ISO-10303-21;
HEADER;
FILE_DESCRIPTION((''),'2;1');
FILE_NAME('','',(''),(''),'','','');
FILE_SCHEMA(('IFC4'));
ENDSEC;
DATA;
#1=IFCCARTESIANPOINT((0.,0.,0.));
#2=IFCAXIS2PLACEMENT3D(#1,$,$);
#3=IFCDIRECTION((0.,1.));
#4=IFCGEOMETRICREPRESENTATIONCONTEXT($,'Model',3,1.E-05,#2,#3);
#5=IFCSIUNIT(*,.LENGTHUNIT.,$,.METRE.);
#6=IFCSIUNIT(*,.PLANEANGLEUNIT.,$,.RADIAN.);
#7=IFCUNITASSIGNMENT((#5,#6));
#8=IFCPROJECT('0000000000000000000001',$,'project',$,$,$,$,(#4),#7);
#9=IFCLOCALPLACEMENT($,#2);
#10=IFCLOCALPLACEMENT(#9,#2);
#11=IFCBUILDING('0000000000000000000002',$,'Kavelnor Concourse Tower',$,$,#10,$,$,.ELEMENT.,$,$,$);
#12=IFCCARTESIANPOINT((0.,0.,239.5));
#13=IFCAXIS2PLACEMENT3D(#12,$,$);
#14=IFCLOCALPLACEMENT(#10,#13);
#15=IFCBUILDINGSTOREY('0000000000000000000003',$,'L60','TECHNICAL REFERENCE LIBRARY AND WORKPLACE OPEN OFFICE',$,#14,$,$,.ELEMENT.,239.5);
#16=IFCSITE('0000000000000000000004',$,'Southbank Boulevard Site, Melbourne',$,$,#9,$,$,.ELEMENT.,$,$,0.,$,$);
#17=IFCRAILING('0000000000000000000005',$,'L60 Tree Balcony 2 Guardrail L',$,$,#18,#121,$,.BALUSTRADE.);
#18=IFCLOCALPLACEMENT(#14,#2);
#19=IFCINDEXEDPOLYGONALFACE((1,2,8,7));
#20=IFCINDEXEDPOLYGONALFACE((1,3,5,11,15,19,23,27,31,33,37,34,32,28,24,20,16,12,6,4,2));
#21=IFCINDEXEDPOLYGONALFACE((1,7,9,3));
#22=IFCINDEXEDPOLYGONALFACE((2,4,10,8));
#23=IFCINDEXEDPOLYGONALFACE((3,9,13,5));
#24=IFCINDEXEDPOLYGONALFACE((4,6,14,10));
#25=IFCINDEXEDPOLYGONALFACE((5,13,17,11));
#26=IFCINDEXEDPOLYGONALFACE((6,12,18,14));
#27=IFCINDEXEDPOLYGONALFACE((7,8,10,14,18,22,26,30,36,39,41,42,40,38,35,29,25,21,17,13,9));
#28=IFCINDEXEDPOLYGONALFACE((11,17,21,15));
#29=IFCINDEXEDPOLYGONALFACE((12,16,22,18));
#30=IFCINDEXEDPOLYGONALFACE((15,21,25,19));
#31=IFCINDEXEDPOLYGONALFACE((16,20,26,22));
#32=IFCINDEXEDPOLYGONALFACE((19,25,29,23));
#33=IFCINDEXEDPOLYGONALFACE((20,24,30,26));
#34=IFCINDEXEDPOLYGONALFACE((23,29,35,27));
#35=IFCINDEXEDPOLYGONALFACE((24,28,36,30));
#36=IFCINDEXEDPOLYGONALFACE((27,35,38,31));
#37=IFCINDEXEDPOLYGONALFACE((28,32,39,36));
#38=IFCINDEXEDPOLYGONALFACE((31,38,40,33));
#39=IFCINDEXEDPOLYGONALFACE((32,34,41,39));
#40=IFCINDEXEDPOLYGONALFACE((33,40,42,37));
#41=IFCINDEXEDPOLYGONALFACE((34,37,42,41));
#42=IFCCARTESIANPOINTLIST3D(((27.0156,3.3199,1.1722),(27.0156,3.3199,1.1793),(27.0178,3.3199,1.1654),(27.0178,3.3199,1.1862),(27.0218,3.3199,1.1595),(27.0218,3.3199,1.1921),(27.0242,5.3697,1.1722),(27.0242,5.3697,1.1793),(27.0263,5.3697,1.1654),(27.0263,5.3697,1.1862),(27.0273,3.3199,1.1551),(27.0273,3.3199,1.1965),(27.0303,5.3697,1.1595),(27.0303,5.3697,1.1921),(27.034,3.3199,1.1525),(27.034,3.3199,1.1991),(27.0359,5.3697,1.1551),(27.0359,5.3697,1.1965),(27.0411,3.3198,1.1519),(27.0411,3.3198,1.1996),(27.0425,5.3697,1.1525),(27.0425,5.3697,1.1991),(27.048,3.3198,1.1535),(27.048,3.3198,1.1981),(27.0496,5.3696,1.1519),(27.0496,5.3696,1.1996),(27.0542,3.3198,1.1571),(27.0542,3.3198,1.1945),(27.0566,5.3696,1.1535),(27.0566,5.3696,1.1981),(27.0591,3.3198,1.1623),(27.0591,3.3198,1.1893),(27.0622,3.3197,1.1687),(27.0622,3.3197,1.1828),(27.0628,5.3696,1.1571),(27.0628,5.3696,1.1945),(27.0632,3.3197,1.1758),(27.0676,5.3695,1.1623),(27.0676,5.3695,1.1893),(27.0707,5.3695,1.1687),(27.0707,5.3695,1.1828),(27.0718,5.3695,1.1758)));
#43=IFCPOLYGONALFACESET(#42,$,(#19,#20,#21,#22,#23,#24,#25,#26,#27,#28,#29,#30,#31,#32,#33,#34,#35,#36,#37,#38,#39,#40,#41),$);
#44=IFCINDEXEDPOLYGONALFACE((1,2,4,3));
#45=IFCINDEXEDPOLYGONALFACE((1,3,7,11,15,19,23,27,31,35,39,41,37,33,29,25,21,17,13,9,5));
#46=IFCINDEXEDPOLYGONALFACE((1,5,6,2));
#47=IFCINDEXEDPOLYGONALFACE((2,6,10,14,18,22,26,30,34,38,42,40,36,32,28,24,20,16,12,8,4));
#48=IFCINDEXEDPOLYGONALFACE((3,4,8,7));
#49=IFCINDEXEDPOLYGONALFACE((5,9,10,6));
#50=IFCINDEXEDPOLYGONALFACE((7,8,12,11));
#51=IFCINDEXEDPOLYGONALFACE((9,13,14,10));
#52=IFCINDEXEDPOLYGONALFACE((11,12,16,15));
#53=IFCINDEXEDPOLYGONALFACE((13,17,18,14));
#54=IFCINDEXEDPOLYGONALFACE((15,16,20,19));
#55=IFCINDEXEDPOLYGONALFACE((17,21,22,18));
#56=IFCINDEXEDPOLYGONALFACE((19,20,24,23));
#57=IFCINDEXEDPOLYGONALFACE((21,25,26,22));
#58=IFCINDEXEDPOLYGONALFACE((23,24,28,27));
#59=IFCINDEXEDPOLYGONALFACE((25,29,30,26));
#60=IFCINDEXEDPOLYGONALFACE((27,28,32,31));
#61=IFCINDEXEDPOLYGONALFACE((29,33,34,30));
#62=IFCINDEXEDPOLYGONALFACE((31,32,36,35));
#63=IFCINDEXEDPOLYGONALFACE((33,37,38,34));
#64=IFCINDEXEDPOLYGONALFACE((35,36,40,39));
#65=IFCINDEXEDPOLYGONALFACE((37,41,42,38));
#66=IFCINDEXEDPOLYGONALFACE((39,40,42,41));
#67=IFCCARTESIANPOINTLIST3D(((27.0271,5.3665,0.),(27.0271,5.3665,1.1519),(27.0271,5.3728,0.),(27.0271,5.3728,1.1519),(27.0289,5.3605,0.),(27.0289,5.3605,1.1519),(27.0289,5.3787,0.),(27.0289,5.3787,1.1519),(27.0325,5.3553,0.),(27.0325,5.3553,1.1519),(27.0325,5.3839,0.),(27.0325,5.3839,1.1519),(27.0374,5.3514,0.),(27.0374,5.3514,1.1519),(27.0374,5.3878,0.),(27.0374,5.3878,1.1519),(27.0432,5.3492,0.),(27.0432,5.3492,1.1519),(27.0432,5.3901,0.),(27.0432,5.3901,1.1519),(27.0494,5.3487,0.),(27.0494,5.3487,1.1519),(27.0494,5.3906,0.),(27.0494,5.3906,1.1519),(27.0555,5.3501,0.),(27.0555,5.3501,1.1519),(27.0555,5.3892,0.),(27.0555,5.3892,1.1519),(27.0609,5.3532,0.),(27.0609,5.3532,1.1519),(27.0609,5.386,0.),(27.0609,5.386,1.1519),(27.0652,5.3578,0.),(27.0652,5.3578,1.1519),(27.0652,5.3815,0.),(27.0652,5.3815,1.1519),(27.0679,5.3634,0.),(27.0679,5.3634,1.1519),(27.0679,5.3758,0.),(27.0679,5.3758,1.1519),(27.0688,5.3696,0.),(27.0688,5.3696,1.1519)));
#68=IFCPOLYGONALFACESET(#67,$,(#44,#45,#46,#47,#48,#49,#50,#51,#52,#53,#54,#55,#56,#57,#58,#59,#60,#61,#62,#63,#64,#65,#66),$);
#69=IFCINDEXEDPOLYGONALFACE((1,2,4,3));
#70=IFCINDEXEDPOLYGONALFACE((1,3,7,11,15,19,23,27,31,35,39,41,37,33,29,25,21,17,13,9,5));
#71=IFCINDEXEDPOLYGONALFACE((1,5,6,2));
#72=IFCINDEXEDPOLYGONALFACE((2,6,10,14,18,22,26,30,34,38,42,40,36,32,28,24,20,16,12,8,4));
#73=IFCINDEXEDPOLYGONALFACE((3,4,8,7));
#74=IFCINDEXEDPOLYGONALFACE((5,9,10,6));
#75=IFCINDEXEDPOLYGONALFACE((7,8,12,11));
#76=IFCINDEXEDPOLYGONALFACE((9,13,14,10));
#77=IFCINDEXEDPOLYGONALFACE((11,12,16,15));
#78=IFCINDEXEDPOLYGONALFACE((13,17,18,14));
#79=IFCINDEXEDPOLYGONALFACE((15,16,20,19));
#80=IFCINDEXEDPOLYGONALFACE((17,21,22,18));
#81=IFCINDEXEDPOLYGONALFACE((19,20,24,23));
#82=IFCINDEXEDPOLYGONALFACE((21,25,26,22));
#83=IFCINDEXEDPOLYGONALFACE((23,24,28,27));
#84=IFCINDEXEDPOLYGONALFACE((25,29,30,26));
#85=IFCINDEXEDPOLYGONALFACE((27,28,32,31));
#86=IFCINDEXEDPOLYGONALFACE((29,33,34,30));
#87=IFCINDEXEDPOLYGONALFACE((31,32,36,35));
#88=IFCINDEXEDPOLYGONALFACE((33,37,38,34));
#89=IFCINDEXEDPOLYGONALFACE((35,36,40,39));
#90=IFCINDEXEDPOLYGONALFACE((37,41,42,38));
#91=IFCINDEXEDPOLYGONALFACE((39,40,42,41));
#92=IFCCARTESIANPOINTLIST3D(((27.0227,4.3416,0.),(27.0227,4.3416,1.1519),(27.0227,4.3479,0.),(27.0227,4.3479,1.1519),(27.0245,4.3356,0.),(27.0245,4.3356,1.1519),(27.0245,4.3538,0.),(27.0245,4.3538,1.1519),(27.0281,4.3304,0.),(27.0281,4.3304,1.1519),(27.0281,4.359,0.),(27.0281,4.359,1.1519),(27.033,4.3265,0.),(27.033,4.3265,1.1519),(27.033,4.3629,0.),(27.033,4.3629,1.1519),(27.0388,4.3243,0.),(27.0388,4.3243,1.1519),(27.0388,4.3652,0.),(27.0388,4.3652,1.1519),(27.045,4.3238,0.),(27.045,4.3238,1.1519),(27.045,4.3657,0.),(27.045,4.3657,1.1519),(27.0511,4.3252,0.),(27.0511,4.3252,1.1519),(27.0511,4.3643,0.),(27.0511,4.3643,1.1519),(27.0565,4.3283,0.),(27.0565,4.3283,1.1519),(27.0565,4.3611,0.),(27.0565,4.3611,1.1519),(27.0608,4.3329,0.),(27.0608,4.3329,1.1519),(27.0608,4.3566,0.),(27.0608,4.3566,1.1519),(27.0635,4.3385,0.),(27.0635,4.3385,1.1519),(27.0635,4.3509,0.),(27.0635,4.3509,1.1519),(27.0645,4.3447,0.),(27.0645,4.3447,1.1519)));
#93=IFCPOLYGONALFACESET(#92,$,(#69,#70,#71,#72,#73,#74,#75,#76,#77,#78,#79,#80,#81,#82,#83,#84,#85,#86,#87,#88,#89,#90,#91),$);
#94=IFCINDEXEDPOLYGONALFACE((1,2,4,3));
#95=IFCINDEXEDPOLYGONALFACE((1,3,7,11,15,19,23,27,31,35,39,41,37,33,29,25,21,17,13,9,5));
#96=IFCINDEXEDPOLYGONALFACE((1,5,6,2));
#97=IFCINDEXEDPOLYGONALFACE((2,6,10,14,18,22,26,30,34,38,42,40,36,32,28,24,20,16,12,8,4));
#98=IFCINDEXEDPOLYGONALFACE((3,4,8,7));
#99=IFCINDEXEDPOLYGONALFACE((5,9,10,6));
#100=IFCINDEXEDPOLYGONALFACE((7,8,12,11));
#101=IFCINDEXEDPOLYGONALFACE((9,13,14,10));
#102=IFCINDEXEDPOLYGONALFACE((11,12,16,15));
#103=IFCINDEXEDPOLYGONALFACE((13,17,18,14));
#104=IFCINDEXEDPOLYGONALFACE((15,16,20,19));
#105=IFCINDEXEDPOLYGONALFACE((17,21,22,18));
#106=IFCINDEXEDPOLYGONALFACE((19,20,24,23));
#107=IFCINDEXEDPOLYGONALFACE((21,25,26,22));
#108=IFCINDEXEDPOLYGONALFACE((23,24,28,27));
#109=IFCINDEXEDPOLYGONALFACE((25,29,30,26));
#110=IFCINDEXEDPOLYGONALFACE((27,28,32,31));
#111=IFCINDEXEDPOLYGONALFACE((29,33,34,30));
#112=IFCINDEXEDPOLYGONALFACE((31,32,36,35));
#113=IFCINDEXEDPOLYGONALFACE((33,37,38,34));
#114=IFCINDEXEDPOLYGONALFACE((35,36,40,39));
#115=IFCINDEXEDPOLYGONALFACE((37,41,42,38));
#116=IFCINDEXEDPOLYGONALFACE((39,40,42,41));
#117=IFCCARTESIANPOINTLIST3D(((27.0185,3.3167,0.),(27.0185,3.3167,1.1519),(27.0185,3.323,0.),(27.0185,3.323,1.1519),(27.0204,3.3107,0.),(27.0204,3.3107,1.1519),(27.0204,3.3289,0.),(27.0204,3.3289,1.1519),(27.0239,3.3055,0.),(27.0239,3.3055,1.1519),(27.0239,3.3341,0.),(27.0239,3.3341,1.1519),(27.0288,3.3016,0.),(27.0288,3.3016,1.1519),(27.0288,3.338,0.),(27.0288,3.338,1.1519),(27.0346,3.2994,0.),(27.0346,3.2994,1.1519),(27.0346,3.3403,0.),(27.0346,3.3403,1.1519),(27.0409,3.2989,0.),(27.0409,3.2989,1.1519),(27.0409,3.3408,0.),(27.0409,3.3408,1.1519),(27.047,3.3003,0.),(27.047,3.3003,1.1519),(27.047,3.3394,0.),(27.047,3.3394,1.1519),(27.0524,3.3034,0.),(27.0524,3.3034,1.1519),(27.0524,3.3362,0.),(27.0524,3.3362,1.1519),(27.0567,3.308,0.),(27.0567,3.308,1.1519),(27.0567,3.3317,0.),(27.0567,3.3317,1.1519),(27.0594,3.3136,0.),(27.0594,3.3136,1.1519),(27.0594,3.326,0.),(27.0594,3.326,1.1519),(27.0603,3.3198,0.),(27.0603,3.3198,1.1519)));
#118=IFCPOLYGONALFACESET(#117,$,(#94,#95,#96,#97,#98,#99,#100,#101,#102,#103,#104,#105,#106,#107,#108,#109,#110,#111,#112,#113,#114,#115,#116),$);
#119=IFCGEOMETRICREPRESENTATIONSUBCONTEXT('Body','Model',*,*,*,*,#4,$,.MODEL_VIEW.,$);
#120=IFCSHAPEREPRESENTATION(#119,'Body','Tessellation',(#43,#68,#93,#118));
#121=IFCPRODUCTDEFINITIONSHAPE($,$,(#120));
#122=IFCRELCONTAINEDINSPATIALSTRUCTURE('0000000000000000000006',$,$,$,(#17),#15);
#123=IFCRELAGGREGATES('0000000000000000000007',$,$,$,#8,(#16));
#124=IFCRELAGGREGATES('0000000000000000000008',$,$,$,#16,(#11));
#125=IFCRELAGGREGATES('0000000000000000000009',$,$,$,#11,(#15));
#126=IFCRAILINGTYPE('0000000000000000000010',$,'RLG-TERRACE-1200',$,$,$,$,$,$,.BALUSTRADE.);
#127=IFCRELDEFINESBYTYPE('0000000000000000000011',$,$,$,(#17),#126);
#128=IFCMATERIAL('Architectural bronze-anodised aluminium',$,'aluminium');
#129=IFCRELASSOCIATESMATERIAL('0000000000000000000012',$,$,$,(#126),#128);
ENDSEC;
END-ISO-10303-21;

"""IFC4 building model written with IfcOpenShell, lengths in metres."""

from ifc_helpers import new_model, si_unit, direction, frame, origin, origin_2d, place, context, subcontext, project, spatial, circle, extrude, material, type_object, element, save


model = new_model("IFC4")

# Units and contexts
model_context = context("Model", 3, precision=1e-05, world=origin(), true_north=direction((0.0, 1.0)))
body_context = subcontext(model_context, "Body", "Model", "MODEL_VIEW")
ifc_project = project(units=[si_unit("LENGTHUNIT", "METRE"), si_unit("PLANEANGLEUNIT", "RADIAN")], contexts=[model_context])

# Site, building, storey
site_placement = place(None, origin())
site = spatial("IfcSite", under=ifc_project, at=site_placement, Name="Southbank Boulevard Site, Melbourne", CompositionType="ELEMENT", RefElevation=0.0)
building_placement = place(site_placement, origin())
building = spatial("IfcBuilding", under=site, at=building_placement, Name="Kavelnor Concourse Tower", CompositionType="ELEMENT")
storey_placement = place(building_placement, frame((0.0, 0.0, 239.5)))
storey = spatial("IfcBuildingStorey", under=building, at=storey_placement, Name="L60", Description="TECHNICAL REFERENCE LIBRARY AND WORKPLACE OPEN OFFICE", CompositionType="ELEMENT", Elevation=239.5)

# Railing
ifc_material_1 = material(Name="Architectural bronze-anodised aluminium", Category="aluminium")
railing_type = type_object("IfcRailingType", Name="RLG-TERRACE-1200", PredefinedType="BALUSTRADE", material=ifc_material_1)
railing_1_placement = place(storey_placement, frame((27.0479, 5.3696, 0.0)))
element("IfcRailing", 1, at=railing_1_placement, inside=storey, type_object=railing_type, Name="L60 Tree Balcony 2 Guardrail L", PredefinedType="BALUSTRADE", context=body_context, shape_type="SweptSolid", body=[
    extrude(circle(Radius=0.0239, at=origin_2d()), frame((0.0, 0.0, 1.1758), z_axis=(-0.004169, -0.999991, 0.0), x_axis=(0.999991, -0.004169, 0.0)), (0.0, 0.0, 1.0), 2.0498),
    extrude(circle(Radius=0.021, at=origin_2d()), origin(), (0.0, 0.0, 1.0), 1.1519),
    extrude(circle(Radius=0.021, at=origin_2d()), frame((-0.0044, -1.0249, 0.0)), (0.0, 0.0, 1.0), 1.1519),
    extrude(circle(Radius=0.021, at=origin_2d()), frame((-0.0085, -2.0498, 0.0)), (0.0, 0.0, 1.0), 1.1519),
])

save(model, "model.ifc")
